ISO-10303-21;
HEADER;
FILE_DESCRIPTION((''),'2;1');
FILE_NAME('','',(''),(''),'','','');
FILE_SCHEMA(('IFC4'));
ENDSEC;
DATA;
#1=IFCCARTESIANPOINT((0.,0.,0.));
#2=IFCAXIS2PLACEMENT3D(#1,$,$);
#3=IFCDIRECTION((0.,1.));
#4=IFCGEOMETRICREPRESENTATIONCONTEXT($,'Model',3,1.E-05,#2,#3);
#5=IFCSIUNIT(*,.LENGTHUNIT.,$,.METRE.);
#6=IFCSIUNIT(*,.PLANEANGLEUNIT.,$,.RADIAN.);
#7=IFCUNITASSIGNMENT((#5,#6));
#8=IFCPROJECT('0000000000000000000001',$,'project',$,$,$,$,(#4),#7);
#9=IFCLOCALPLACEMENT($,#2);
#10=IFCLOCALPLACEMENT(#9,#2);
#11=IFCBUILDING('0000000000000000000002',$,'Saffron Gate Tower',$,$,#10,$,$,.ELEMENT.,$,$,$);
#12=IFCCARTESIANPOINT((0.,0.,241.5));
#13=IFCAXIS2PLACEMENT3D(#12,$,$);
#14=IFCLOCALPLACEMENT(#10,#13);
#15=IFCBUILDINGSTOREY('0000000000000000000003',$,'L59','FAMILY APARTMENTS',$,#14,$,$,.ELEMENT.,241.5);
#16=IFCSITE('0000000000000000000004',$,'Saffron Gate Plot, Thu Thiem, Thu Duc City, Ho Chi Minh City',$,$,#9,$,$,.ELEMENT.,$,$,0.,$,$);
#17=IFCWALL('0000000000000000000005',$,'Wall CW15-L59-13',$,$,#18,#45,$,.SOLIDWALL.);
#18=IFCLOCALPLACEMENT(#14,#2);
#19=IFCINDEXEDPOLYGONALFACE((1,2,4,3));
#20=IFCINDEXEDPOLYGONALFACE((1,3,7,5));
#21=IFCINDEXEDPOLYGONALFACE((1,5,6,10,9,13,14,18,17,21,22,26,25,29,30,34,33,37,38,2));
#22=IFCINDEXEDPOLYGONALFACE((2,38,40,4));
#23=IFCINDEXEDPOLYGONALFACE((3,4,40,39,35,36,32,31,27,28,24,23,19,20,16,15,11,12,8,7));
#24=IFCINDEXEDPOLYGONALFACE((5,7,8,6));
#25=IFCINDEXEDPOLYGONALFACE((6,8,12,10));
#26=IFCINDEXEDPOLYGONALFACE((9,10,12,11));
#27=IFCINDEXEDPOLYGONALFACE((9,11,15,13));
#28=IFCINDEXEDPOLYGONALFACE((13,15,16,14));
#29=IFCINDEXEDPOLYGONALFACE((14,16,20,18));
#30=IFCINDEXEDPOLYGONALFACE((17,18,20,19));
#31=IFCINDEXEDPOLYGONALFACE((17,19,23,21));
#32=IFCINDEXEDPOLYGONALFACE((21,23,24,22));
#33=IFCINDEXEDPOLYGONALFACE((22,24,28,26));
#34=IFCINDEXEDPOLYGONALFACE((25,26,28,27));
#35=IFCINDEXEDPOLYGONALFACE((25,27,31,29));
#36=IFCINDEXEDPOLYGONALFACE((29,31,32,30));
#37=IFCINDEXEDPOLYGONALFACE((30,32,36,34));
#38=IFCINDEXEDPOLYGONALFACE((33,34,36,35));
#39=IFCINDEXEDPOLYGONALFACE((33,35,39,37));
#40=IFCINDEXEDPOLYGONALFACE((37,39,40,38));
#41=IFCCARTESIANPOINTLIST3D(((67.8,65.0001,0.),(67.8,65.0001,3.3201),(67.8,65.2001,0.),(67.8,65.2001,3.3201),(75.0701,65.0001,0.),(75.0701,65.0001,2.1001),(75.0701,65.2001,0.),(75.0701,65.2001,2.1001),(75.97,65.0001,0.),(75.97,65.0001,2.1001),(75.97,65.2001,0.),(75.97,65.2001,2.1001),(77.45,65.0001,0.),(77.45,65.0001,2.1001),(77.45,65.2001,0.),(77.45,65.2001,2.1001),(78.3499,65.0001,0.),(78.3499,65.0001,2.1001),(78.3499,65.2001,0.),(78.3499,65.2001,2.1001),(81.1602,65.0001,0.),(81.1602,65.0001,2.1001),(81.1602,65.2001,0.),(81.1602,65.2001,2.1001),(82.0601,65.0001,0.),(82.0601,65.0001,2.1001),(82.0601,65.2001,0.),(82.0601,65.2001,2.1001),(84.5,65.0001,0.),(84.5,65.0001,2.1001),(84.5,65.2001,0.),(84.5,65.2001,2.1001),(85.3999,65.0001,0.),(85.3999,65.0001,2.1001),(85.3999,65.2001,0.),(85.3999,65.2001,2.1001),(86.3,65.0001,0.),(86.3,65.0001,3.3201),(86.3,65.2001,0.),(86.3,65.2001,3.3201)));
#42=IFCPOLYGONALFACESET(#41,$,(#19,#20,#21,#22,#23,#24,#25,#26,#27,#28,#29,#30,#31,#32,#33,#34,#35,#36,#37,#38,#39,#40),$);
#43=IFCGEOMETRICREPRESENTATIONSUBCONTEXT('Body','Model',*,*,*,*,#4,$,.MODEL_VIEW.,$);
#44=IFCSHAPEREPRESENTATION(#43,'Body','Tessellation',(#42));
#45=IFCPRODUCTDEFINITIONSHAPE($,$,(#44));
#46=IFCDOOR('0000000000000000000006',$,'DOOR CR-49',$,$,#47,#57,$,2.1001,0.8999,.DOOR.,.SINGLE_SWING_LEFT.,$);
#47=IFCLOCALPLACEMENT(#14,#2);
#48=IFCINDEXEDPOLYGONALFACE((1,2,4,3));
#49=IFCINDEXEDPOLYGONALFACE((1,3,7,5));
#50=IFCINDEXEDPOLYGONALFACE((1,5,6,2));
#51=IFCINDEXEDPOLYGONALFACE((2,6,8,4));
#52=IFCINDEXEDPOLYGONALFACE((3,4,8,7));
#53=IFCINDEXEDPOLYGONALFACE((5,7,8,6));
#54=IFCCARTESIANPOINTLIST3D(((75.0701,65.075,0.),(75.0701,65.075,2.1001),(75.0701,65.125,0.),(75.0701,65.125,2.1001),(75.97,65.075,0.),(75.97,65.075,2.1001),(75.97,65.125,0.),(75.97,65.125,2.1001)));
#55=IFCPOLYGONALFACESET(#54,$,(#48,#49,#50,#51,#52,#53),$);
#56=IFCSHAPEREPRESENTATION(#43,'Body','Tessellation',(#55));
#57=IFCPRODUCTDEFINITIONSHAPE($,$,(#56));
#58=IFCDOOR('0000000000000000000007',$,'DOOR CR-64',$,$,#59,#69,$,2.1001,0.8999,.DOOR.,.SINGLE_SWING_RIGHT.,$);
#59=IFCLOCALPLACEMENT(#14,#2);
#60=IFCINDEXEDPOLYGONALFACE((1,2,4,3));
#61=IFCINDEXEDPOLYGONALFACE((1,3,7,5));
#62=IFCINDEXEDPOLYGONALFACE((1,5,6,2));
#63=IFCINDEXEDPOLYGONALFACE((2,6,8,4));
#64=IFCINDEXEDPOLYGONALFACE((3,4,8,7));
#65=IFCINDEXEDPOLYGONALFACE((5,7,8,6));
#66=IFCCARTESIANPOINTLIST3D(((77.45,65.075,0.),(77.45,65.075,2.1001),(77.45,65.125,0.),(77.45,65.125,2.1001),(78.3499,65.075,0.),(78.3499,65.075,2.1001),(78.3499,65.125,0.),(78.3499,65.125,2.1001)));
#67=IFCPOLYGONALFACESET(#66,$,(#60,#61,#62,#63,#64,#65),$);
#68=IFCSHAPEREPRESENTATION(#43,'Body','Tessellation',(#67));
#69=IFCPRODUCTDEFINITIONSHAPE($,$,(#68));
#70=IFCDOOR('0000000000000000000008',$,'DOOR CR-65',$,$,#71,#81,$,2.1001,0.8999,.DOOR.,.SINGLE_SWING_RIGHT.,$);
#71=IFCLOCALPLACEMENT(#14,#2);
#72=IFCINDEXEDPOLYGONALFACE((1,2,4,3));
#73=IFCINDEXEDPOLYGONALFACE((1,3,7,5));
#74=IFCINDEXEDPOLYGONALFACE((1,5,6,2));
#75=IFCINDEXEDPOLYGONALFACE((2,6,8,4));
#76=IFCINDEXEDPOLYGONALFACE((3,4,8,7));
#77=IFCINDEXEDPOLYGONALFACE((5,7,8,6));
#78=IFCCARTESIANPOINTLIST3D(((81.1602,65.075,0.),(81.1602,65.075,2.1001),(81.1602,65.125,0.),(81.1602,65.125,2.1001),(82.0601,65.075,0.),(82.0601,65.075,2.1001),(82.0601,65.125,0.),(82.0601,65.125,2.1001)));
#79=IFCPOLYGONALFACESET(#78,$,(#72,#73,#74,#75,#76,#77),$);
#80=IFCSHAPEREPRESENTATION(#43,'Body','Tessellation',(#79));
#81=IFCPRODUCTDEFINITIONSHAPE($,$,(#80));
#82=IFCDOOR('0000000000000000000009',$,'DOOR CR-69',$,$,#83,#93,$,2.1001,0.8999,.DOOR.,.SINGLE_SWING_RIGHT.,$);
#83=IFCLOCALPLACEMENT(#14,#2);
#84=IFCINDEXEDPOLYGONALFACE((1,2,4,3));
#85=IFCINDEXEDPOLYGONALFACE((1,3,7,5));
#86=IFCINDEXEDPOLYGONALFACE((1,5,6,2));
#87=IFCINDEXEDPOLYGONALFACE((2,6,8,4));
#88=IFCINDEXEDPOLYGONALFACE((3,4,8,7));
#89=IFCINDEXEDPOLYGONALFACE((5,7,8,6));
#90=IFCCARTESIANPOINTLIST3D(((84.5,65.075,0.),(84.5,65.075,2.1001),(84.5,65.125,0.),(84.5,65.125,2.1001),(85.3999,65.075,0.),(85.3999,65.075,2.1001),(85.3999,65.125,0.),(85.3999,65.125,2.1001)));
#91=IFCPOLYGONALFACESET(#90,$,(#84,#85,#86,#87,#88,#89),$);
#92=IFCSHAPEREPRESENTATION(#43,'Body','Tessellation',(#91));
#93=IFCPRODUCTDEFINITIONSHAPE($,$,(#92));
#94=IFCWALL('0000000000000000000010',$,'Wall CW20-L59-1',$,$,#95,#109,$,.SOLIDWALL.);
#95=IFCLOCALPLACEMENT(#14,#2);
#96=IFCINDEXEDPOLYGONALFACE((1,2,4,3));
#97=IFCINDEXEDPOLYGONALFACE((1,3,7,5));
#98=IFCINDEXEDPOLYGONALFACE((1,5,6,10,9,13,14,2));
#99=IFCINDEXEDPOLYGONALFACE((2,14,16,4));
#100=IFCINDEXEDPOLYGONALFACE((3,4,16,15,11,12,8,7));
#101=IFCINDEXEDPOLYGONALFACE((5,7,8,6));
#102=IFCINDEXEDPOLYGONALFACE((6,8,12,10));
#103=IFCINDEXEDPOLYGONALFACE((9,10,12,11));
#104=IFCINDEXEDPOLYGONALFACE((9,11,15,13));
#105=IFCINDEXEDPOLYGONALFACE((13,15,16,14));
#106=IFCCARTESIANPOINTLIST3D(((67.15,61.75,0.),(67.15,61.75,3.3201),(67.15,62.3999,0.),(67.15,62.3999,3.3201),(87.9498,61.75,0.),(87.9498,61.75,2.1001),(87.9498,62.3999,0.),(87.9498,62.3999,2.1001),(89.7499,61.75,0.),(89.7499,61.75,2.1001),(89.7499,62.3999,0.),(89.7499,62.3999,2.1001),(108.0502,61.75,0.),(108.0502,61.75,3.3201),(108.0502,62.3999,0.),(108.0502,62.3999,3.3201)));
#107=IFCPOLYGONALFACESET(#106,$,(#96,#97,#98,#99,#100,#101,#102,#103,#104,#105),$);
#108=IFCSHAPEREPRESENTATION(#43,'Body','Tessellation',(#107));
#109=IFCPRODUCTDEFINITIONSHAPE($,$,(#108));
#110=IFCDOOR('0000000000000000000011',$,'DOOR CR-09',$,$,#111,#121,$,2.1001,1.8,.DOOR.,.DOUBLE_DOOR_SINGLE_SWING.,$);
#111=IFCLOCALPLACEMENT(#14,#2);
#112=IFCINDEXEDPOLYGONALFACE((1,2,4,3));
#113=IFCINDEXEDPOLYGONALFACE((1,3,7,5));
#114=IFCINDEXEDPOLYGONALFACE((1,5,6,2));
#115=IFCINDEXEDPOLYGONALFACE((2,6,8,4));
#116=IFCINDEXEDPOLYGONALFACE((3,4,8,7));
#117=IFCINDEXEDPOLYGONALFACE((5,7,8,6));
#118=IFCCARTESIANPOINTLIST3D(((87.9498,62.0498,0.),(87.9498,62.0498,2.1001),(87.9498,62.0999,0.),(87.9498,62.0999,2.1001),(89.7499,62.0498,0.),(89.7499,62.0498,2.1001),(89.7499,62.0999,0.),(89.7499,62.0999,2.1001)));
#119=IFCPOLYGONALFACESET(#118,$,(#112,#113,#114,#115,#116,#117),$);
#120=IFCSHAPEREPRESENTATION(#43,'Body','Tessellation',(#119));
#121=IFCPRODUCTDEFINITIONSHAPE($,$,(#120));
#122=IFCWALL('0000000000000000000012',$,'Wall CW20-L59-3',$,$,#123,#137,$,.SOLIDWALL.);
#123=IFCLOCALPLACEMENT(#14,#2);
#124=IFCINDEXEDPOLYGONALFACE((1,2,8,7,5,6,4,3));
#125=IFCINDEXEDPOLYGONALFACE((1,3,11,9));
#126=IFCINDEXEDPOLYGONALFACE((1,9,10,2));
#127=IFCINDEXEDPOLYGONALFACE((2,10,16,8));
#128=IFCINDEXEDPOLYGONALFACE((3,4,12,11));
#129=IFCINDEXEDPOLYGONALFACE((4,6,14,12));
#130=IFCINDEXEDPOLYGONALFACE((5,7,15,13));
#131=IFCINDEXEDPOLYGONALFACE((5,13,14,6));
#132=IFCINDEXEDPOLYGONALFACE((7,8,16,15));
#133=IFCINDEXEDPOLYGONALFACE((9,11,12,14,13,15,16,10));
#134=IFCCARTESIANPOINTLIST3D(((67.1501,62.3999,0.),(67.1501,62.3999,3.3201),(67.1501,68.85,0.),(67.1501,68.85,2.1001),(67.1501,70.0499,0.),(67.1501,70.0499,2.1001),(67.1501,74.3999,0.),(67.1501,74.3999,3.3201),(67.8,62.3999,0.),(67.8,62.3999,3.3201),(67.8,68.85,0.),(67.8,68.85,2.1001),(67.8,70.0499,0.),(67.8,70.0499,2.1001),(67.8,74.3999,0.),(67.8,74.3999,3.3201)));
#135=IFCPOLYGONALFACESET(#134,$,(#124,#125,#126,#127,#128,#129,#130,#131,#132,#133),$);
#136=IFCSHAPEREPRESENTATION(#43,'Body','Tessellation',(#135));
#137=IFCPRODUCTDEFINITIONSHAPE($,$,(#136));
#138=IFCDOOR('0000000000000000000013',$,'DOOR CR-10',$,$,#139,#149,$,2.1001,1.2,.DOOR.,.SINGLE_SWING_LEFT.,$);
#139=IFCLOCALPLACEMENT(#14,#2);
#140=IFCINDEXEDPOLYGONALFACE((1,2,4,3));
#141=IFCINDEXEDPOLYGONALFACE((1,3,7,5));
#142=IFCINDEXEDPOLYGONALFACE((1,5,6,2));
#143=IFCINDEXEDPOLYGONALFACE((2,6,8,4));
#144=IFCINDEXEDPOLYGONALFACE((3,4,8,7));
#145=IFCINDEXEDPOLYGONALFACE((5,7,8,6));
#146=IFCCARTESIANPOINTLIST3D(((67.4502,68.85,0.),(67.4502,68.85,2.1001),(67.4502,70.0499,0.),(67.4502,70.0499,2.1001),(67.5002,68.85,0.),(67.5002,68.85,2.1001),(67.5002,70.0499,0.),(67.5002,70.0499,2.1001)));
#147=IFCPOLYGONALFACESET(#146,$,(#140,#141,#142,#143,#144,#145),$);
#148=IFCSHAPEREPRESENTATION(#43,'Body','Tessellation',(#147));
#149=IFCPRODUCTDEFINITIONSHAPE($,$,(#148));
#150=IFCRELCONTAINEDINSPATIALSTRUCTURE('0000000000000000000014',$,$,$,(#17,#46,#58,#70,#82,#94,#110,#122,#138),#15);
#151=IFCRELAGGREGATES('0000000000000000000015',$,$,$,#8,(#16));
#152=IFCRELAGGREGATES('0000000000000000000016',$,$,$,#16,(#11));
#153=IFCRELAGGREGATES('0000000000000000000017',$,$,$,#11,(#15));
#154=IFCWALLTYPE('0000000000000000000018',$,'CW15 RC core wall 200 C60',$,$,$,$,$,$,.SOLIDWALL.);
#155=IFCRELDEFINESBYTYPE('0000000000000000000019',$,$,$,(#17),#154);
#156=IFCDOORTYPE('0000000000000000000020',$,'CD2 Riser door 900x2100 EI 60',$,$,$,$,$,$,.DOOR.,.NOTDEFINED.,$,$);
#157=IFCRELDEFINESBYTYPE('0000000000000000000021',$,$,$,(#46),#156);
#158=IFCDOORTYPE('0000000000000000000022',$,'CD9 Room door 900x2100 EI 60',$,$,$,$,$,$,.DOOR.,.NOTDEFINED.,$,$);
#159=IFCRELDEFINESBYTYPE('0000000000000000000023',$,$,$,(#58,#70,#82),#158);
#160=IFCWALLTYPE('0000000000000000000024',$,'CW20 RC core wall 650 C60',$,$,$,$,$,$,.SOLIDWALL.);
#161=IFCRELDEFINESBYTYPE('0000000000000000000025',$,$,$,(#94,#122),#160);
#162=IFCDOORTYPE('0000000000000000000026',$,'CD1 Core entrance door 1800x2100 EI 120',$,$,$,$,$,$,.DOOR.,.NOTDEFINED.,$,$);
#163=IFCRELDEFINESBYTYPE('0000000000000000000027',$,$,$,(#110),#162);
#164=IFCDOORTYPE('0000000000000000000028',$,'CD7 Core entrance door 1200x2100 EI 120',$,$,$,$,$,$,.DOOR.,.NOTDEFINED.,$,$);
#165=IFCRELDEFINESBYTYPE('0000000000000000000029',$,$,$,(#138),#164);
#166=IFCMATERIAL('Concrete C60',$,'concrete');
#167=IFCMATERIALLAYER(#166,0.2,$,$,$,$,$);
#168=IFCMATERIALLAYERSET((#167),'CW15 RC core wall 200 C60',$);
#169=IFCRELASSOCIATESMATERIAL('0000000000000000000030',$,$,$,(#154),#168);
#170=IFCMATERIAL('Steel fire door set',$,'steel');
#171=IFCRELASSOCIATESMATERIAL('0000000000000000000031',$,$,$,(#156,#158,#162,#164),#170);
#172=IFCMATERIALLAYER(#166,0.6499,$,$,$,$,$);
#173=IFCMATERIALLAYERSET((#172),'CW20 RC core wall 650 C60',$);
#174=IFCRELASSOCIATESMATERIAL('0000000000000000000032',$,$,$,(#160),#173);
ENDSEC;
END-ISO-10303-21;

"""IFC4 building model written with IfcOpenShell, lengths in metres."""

from ifc_helpers import new_model, si_unit, direction, frame, frame_2d, origin, place, context, subcontext, project, spatial, rectangle, extrude, material, layer, layer_set, type_object, element, fill, save


model = new_model("IFC4")

# Units and contexts
model_context = context("Model", 3, precision=1e-05, world=origin(), true_north=direction((0.0, 1.0)))
body_context = subcontext(model_context, "Body", "Model", "MODEL_VIEW")
ifc_project = project(units=[si_unit("LENGTHUNIT", "METRE"), si_unit("PLANEANGLEUNIT", "RADIAN")], contexts=[model_context])

# Site, building, storey
site_placement = place(None, origin())
site = spatial("IfcSite", under=ifc_project, at=site_placement, Name="Saffron Gate Plot, Thu Thiem, Thu Duc City, Ho Chi Minh City", CompositionType="ELEMENT", RefElevation=0.0)
building_placement = place(site_placement, origin())
building = spatial("IfcBuilding", under=site, at=building_placement, Name="Saffron Gate Tower", CompositionType="ELEMENT")
storey_placement = place(building_placement, frame((0.0, 0.0, 241.5)))
storey = spatial("IfcBuildingStorey", under=building, at=storey_placement, Name="L59", Description="FAMILY APARTMENTS", CompositionType="ELEMENT", Elevation=241.5)

# Wall, openings, doors
ifc_material_1 = material(Name="Concrete C60", Category="concrete")
ifc_material_2 = material(Name="Steel fire door set", Category="steel")
ifc_layer_1 = layer(ifc_material_1, 0.2)
ifc_layer_set_1 = layer_set([ifc_layer_1], Name="CW15 RC core wall 200 C60")
wall_type_1 = type_object("IfcWallType", Name="CW15 RC core wall 200 C60", PredefinedType="SOLIDWALL", material=ifc_layer_set_1)
wall_1_placement = place(storey_placement, frame((67.8, 65.1001, 0.0), z_axis=(0.0, 0.0, 1.0), x_axis=(1.0, 0.0, 0.0)))
wall_1 = element("IfcWall", 1, at=wall_1_placement, inside=storey, type_object=wall_type_1, Name="Wall CW15-L59-13", PredefinedType="SOLIDWALL", context=body_context, shape_type="SweptSolid", body=[
    extrude(rectangle(XDim=18.5, YDim=0.2, at=frame_2d((9.25, 0.0))), origin(), (0.0, 0.0, 1.0), 3.3201),
])
opening_1_placement = place(wall_1_placement, frame((7.27, 0.0, 0.0)))
opening_1 = element("IfcOpeningElement", 2, at=opening_1_placement, cuts=wall_1, PredefinedType="OPENING", context=body_context, shape_type="SweptSolid", body=[
    extrude(rectangle(XDim=0.8999, YDim=2.1001, at=frame_2d((0.45, 1.05))), frame((0.0, 0.1099, 0.0), z_axis=(0.0, -1.0, 0.0), x_axis=(1.0, 0.0, 0.0)), (0.0, 0.0, 1.0), 0.22),
])
opening_2_placement = place(wall_1_placement, frame((9.6499, 0.0, 0.0)))
opening_2 = element("IfcOpeningElement", 3, at=opening_2_placement, cuts=wall_1, PredefinedType="OPENING", context=body_context, shape_type="SweptSolid", body=[
    extrude(rectangle(XDim=0.8999, YDim=2.1001, at=frame_2d((0.45, 1.05))), frame((0.0, 0.1099, 0.0), z_axis=(0.0, -1.0, 0.0), x_axis=(1.0, 0.0, 0.0)), (0.0, 0.0, 1.0), 0.22),
])
opening_3_placement = place(wall_1_placement, frame((13.3601, 0.0, 0.0)))
opening_3 = element("IfcOpeningElement", 4, at=opening_3_placement, cuts=wall_1, PredefinedType="OPENING", context=body_context, shape_type="SweptSolid", body=[
    extrude(rectangle(XDim=0.8999, YDim=2.1001, at=frame_2d((0.45, 1.05))), frame((0.0, 0.1099, 0.0), z_axis=(0.0, -1.0, 0.0), x_axis=(1.0, 0.0, 0.0)), (0.0, 0.0, 1.0), 0.22),
])
opening_4_placement = place(wall_1_placement, frame((16.7, 0.0, 0.0)))
opening_4 = element("IfcOpeningElement", 5, at=opening_4_placement, cuts=wall_1, PredefinedType="OPENING", context=body_context, shape_type="SweptSolid", body=[
    extrude(rectangle(XDim=0.8999, YDim=2.1001, at=frame_2d((0.45, 1.05))), frame((0.0, 0.1099, 0.0), z_axis=(0.0, -1.0, 0.0), x_axis=(1.0, 0.0, 0.0)), (0.0, 0.0, 1.0), 0.22),
])
door_type_1 = type_object("IfcDoorType", Name="CD2 Riser door 900x2100 EI 60", OperationType="NOTDEFINED", PredefinedType="DOOR", material=ifc_material_2)
door_1_placement = place(opening_1_placement, origin())
door_1 = element("IfcDoor", 6, at=door_1_placement, inside=storey, type_object=door_type_1, Name="DOOR CR-49", OperationType="SINGLE_SWING_LEFT", OverallHeight=2.1001, OverallWidth=0.8999, PredefinedType="DOOR", context=body_context, shape_type="SweptSolid", body=[
    extrude(rectangle(XDim=0.8999, YDim=2.1001, at=frame_2d((0.45, 1.05))), frame((0.0, 0.0249, 0.0), z_axis=(0.0, -1.0, 0.0), x_axis=(1.0, 0.0, 0.0)), (0.0, 0.0, 1.0), 0.05),
])
fill(opening_1, door_1)
door_type_2 = type_object("IfcDoorType", Name="CD9 Room door 900x2100 EI 60", OperationType="NOTDEFINED", PredefinedType="DOOR", material=ifc_material_2)
door_2_placement = place(opening_2_placement, origin())
door_2 = element("IfcDoor", 7, at=door_2_placement, inside=storey, type_object=door_type_2, Name="DOOR CR-64", OperationType="SINGLE_SWING_RIGHT", OverallHeight=2.1001, OverallWidth=0.8999, PredefinedType="DOOR", context=body_context, shape_type="SweptSolid", body=[
    extrude(rectangle(XDim=0.8999, YDim=2.1001, at=frame_2d((0.45, 1.05))), frame((0.0, 0.0249, 0.0), z_axis=(0.0, -1.0, 0.0), x_axis=(1.0, 0.0, 0.0)), (0.0, 0.0, 1.0), 0.05),
])
fill(opening_2, door_2)
door_3_placement = place(opening_3_placement, origin())
door_3 = element("IfcDoor", 8, at=door_3_placement, inside=storey, type_object=door_type_2, Name="DOOR CR-65", OperationType="SINGLE_SWING_RIGHT", OverallHeight=2.1001, OverallWidth=0.8999, PredefinedType="DOOR", context=body_context, shape_type="SweptSolid", body=[
    extrude(rectangle(XDim=0.8999, YDim=2.1001, at=frame_2d((0.45, 1.05))), frame((0.0, 0.0249, 0.0), z_axis=(0.0, -1.0, 0.0), x_axis=(1.0, 0.0, 0.0)), (0.0, 0.0, 1.0), 0.05),
])
fill(opening_3, door_3)
door_4_placement = place(opening_4_placement, origin())
door_4 = element("IfcDoor", 9, at=door_4_placement, inside=storey, type_object=door_type_2, Name="DOOR CR-69", OperationType="SINGLE_SWING_RIGHT", OverallHeight=2.1001, OverallWidth=0.8999, PredefinedType="DOOR", context=body_context, shape_type="SweptSolid", body=[
    extrude(rectangle(XDim=0.8999, YDim=2.1001, at=frame_2d((0.45, 1.05))), frame((0.0, 0.0249, 0.0), z_axis=(0.0, -1.0, 0.0), x_axis=(1.0, 0.0, 0.0)), (0.0, 0.0, 1.0), 0.05),
])
fill(opening_4, door_4)

# Walls, openings, doors
ifc_layer_2 = layer(ifc_material_1, 0.6499)
ifc_layer_set_2 = layer_set([ifc_layer_2], Name="CW20 RC core wall 650 C60")
wall_type_2 = type_object("IfcWallType", Name="CW20 RC core wall 650 C60", PredefinedType="SOLIDWALL", material=ifc_layer_set_2)
wall_2_placement = place(storey_placement, frame((67.1499, 62.075, 0.0), z_axis=(0.0, 0.0, 1.0), x_axis=(1.0, 0.0, 0.0)))
wall_2 = element("IfcWall", 10, at=wall_2_placement, inside=storey, type_object=wall_type_2, Name="Wall CW20-L59-1", PredefinedType="SOLIDWALL", context=body_context, shape_type="SweptSolid", body=[
    extrude(rectangle(XDim=40.9001, YDim=0.6499, at=frame_2d((20.4502, 0.0))), origin(), (0.0, 0.0, 1.0), 3.3201),
])
opening_5_placement = place(wall_2_placement, frame((20.8, 0.0, 0.0)))
opening_5 = element("IfcOpeningElement", 11, at=opening_5_placement, cuts=wall_2, PredefinedType="OPENING", context=body_context, shape_type="SweptSolid", body=[
    extrude(rectangle(XDim=1.8, YDim=2.1001, at=frame_2d((0.8999, 1.05))), frame((0.0, 0.335, 0.0), z_axis=(0.0, -1.0, 0.0), x_axis=(1.0, 0.0, 0.0)), (0.0, 0.0, 1.0), 0.6699),
])
door_type_3 = type_object("IfcDoorType", Name="CD1 Core entrance door 1800x2100 EI 120", OperationType="NOTDEFINED", PredefinedType="DOOR", material=ifc_material_2)
door_5_placement = place(opening_5_placement, origin())
door_5 = element("IfcDoor", 12, at=door_5_placement, inside=storey, type_object=door_type_3, Name="DOOR CR-09", OperationType="DOUBLE_DOOR_SINGLE_SWING", OverallHeight=2.1001, OverallWidth=1.8, PredefinedType="DOOR", context=body_context, shape_type="SweptSolid", body=[
    extrude(rectangle(XDim=1.8, YDim=2.1001, at=frame_2d((0.8999, 1.05))), frame((0.0, 0.0249, 0.0), z_axis=(0.0, -1.0, 0.0), x_axis=(1.0, 0.0, 0.0)), (0.0, 0.0, 1.0), 0.05),
])
fill(opening_5, door_5)
wall_3_placement = place(storey_placement, frame((67.4751, 62.3999, 0.0), z_axis=(0.0, 0.0, 1.0), x_axis=(0.0, 1.0, 0.0)))
wall_3 = element("IfcWall", 13, at=wall_3_placement, inside=storey, type_object=wall_type_2, Name="Wall CW20-L59-3", PredefinedType="SOLIDWALL", context=body_context, shape_type="SweptSolid", body=[
    extrude(rectangle(XDim=12.0, YDim=0.6499, at=frame_2d((6.0, 0.0))), origin(), (0.0, 0.0, 1.0), 3.3201),
])
opening_6_placement = place(wall_3_placement, frame((6.45, 0.0, 0.0)))
opening_6 = element("IfcOpeningElement", 14, at=opening_6_placement, cuts=wall_3, PredefinedType="OPENING", context=body_context, shape_type="SweptSolid", body=[
    extrude(rectangle(XDim=1.2, YDim=2.1001, at=frame_2d((0.6001, 1.05))), frame((0.0, 0.335, 0.0), z_axis=(0.0, -1.0, 0.0), x_axis=(1.0, 0.0, 0.0)), (0.0, 0.0, 1.0), 0.6699),
])
door_type_4 = type_object("IfcDoorType", Name="CD7 Core entrance door 1200x2100 EI 120", OperationType="NOTDEFINED", PredefinedType="DOOR", material=ifc_material_2)
door_6_placement = place(opening_6_placement, origin())
door_6 = element("IfcDoor", 15, at=door_6_placement, inside=storey, type_object=door_type_4, Name="DOOR CR-10", OperationType="SINGLE_SWING_LEFT", OverallHeight=2.1001, OverallWidth=1.2, PredefinedType="DOOR", context=body_context, shape_type="SweptSolid", body=[
    extrude(rectangle(XDim=1.2, YDim=2.1001, at=frame_2d((0.6001, 1.05))), frame((0.0, 0.0249, 0.0), z_axis=(0.0, -1.0, 0.0), x_axis=(1.0, 0.0, 0.0)), (0.0, 0.0, 1.0), 0.05),
])
fill(opening_6, door_6)

save(model, "model.ifc")
